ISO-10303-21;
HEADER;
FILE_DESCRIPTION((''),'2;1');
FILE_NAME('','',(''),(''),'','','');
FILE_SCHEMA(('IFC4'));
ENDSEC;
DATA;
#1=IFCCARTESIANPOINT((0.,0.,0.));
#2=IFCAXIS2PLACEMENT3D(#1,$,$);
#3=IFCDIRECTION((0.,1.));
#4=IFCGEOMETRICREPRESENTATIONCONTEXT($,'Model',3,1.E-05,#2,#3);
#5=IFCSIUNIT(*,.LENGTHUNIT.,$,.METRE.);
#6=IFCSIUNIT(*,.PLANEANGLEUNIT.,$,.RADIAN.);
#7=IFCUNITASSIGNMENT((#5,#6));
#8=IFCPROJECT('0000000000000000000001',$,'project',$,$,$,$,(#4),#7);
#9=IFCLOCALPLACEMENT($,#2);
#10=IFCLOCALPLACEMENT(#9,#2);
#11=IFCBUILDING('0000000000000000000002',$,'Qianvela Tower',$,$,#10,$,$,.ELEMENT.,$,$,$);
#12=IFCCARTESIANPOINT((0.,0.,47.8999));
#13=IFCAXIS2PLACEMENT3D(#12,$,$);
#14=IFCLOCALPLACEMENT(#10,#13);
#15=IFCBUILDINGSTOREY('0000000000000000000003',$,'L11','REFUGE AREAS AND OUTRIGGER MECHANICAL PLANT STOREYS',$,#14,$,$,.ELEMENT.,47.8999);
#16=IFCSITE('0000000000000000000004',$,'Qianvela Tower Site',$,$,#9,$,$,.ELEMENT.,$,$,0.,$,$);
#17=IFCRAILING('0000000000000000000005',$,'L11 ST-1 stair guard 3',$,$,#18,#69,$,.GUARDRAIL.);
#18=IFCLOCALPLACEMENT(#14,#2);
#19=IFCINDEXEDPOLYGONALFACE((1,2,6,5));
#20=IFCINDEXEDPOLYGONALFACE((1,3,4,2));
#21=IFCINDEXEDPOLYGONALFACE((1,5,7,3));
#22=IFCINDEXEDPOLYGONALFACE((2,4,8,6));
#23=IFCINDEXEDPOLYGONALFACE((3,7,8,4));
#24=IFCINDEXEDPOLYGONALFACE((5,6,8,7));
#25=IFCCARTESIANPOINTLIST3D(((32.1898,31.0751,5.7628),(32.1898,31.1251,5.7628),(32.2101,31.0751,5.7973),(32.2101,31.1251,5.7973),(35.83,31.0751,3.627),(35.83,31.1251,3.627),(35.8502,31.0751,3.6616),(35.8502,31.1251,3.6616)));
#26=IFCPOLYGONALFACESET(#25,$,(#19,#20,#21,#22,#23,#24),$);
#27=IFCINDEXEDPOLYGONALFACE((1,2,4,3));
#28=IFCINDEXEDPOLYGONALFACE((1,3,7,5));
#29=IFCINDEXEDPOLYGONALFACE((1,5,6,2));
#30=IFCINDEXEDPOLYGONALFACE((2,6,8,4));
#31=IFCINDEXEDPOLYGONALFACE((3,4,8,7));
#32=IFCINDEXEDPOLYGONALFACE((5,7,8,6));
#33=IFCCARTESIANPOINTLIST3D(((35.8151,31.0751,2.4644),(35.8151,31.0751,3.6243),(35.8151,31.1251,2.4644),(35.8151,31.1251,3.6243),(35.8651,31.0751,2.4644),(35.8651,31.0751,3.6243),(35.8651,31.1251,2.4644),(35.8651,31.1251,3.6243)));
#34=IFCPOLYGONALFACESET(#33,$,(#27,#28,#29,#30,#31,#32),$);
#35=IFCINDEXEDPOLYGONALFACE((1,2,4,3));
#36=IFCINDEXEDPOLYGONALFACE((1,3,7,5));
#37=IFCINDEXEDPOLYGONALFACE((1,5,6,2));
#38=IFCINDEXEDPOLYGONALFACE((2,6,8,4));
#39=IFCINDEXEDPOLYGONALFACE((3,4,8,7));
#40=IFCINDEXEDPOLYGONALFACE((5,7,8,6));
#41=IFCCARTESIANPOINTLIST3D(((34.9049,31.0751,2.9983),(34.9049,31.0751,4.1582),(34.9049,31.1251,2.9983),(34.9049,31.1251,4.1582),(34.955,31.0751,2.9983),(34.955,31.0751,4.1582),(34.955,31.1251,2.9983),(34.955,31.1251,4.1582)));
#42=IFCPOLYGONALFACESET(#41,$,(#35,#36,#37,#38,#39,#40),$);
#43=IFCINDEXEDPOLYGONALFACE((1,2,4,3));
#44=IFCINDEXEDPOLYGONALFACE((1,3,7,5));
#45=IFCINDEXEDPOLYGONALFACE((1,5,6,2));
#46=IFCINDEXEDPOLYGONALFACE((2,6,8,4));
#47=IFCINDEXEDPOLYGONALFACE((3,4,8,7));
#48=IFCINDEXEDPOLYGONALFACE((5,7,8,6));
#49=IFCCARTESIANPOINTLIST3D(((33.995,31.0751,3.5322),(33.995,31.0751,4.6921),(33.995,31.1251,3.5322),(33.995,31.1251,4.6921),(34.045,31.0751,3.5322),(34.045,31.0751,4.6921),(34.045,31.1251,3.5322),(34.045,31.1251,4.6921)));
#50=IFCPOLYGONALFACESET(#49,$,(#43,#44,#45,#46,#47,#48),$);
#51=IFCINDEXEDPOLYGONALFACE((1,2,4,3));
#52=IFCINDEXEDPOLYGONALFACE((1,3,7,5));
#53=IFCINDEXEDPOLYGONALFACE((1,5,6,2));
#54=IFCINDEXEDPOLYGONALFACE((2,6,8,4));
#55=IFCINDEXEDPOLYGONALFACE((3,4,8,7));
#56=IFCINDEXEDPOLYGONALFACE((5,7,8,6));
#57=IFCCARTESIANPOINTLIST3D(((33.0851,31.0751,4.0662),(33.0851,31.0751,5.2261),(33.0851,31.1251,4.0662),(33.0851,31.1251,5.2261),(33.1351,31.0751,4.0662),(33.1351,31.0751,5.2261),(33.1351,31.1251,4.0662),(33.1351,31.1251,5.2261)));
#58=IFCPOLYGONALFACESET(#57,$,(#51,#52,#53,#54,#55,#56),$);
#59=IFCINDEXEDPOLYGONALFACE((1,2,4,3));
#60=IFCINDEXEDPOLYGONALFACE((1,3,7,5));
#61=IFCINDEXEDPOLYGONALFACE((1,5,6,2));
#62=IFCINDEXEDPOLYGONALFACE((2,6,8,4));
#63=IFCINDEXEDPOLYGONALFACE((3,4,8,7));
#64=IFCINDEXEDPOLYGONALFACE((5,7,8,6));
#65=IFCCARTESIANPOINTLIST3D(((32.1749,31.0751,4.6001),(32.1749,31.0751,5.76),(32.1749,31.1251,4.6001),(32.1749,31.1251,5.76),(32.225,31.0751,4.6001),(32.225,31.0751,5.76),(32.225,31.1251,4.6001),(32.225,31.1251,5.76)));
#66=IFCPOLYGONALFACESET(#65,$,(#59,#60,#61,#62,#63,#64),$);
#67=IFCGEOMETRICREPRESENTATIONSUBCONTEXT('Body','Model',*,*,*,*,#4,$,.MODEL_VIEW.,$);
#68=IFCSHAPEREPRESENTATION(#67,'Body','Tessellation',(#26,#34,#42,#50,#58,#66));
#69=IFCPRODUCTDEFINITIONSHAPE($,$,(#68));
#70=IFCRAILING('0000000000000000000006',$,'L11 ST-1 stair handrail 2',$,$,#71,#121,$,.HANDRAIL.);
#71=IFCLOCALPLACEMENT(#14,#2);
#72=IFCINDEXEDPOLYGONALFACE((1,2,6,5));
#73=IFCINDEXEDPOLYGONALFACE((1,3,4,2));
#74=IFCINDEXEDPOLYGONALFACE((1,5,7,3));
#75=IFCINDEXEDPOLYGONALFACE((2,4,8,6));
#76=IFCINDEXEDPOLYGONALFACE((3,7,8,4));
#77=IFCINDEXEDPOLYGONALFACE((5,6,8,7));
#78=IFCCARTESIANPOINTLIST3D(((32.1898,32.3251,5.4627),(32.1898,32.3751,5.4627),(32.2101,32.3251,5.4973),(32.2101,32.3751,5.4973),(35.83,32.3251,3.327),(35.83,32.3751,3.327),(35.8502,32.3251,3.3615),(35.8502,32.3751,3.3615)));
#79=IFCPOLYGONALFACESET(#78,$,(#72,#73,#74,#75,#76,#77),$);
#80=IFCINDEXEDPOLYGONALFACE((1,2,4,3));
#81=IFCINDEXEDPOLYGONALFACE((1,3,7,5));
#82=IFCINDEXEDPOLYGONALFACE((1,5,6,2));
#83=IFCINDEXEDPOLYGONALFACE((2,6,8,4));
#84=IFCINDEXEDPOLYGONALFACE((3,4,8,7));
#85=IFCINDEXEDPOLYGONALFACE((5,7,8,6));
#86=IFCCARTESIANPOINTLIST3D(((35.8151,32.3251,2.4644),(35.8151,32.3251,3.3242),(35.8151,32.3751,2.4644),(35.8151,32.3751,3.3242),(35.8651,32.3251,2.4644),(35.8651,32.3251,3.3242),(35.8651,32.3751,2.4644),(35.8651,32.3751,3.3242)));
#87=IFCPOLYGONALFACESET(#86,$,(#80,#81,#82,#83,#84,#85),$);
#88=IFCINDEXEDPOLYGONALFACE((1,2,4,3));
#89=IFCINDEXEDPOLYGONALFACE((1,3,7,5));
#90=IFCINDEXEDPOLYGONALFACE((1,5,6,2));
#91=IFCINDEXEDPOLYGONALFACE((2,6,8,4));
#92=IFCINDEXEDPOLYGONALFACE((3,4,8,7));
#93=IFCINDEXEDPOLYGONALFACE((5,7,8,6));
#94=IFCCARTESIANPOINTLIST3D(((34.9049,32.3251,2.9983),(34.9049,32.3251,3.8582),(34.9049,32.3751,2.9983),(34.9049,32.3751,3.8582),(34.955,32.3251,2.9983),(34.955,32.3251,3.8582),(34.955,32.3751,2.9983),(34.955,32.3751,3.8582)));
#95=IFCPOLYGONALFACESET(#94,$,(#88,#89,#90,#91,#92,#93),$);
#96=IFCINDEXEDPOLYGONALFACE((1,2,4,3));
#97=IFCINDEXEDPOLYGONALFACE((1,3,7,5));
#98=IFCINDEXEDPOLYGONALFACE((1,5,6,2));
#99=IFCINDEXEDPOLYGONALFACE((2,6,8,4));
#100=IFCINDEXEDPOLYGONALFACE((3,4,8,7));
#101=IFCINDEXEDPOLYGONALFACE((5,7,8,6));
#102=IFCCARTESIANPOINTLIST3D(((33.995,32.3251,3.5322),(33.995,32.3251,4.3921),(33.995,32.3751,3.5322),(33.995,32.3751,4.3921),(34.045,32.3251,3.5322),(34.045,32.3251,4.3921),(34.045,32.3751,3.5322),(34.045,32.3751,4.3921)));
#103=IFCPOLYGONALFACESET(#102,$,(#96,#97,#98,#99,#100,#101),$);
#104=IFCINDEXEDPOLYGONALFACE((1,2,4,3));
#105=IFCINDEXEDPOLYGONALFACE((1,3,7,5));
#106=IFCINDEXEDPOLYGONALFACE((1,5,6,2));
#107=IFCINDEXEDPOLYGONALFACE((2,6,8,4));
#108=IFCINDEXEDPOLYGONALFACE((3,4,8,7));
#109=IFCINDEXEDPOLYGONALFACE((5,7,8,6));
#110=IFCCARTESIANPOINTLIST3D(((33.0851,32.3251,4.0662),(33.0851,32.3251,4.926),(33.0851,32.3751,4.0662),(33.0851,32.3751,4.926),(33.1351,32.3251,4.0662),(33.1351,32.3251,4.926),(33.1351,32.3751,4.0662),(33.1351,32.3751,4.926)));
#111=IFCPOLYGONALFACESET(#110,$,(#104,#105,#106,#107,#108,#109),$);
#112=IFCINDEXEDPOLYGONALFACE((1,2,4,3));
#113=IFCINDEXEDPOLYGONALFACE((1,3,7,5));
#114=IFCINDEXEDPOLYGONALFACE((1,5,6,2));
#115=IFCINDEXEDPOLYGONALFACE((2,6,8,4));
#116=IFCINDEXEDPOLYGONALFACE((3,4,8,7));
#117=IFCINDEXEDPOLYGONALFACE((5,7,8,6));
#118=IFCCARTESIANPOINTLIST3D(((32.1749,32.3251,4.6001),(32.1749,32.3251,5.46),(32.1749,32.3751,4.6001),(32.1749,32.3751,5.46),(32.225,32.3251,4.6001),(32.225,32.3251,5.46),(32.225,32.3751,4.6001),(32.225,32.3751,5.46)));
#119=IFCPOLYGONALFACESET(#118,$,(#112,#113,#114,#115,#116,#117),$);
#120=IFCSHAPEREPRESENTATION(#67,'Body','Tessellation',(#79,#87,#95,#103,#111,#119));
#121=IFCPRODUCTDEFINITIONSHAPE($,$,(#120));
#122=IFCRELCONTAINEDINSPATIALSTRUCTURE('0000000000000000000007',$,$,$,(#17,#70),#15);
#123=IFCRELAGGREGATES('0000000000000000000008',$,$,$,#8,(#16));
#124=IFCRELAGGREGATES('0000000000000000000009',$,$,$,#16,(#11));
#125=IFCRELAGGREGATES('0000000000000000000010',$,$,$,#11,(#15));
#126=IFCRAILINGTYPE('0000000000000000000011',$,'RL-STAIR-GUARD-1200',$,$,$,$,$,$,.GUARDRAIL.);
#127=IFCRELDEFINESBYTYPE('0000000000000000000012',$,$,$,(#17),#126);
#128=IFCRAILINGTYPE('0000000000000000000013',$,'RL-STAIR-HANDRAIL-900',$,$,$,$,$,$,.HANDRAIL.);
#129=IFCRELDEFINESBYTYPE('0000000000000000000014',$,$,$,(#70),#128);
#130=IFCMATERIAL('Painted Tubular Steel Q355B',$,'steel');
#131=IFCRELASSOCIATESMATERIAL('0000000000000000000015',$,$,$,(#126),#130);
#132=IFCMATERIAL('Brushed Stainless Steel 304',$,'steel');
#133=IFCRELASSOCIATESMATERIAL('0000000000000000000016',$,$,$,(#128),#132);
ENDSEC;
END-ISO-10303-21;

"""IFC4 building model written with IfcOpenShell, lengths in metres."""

from ifc_helpers import new_model, si_unit, direction, frame, origin, origin_2d, place, context, subcontext, project, spatial, rectangle, extrude, material, type_object, element, save


model = new_model("IFC4")

# Units and contexts
model_context = context("Model", 3, precision=1e-05, world=origin(), true_north=direction((0.0, 1.0)))
body_context = subcontext(model_context, "Body", "Model", "MODEL_VIEW")
ifc_project = project(units=[si_unit("LENGTHUNIT", "METRE"), si_unit("PLANEANGLEUNIT", "RADIAN")], contexts=[model_context])

# Site, building, storey
site_placement = place(None, origin())
site = spatial("IfcSite", under=ifc_project, at=site_placement, Name="Qianvela Tower Site", CompositionType="ELEMENT", RefElevation=0.0)
building_placement = place(site_placement, origin())
building = spatial("IfcBuilding", under=site, at=building_placement, Name="Qianvela Tower", CompositionType="ELEMENT")
storey_placement = place(building_placement, frame((0.0, 0.0, 47.8999)))
storey = spatial("IfcBuildingStorey", under=building, at=storey_placement, Name="L11", Description="REFUGE AREAS AND OUTRIGGER MECHANICAL PLANT STOREYS", CompositionType="ELEMENT", Elevation=47.8999)

# Railings
ifc_material_1 = material(Name="Painted Tubular Steel Q355B", Category="steel")
railing_type_1 = type_object("IfcRailingType", Name="RL-STAIR-GUARD-1200", PredefinedType="GUARDRAIL", material=ifc_material_1)
railing_1_placement = place(storey_placement, frame((35.8401, 31.1001, 2.4644)))
element("IfcRailing", 1, at=railing_1_placement, inside=storey, type_object=railing_type_1, Name="L11 ST-1 stair guard 3", PredefinedType="GUARDRAIL", context=body_context, shape_type="SweptSolid", body=[
    extrude(rectangle(XDim=0.05, YDim=0.04, at=origin_2d()), frame((0.0, 0.0, 1.1799), z_axis=(-0.862505, 0.0, 0.506049), x_axis=(0.0, -1.0, 0.0)), (0.0, 0.0, 1.0), 4.2205),
    extrude(rectangle(XDim=0.05, YDim=0.05, at=origin_2d()), origin(), (0.0, 0.0, 1.0), 1.1599),
    extrude(rectangle(XDim=0.05, YDim=0.05, at=origin_2d()), frame((-0.9102, 0.0, 0.5339)), (0.0, 0.0, 1.0), 1.1599),
    extrude(rectangle(XDim=0.05, YDim=0.05, at=origin_2d()), frame((-1.8201, 0.0, 1.0679)), (0.0, 0.0, 1.0), 1.1599),
    extrude(rectangle(XDim=0.05, YDim=0.05, at=origin_2d()), frame((-2.73, 0.0, 1.6018)), (0.0, 0.0, 1.0), 1.1599),
    extrude(rectangle(XDim=0.05, YDim=0.05, at=origin_2d()), frame((-3.6401, 0.0, 2.1357)), (0.0, 0.0, 1.0), 1.1599),
])
ifc_material_2 = material(Name="Brushed Stainless Steel 304", Category="steel")
railing_type_2 = type_object("IfcRailingType", Name="RL-STAIR-HANDRAIL-900", PredefinedType="HANDRAIL", material=ifc_material_2)
railing_2_placement = place(storey_placement, frame((35.8401, 32.3501, 2.4644)))
element("IfcRailing", 2, at=railing_2_placement, inside=storey, type_object=railing_type_2, Name="L11 ST-1 stair handrail 2", PredefinedType="HANDRAIL", context=body_context, shape_type="SweptSolid", body=[
    extrude(rectangle(XDim=0.05, YDim=0.04, at=origin_2d()), frame((0.0, 0.0, 0.8799), z_axis=(-0.862505, 0.0, 0.506049), x_axis=(0.0, -1.0, 0.0)), (0.0, 0.0, 1.0), 4.2205),
    extrude(rectangle(XDim=0.05, YDim=0.05, at=origin_2d()), origin(), (0.0, 0.0, 1.0), 0.8599),
    extrude(rectangle(XDim=0.05, YDim=0.05, at=origin_2d()), frame((-0.9102, 0.0, 0.5339)), (0.0, 0.0, 1.0), 0.8599),
    extrude(rectangle(XDim=0.05, YDim=0.05, at=origin_2d()), frame((-1.8201, 0.0, 1.0679)), (0.0, 0.0, 1.0), 0.8599),
    extrude(rectangle(XDim=0.05, YDim=0.05, at=origin_2d()), frame((-2.73, 0.0, 1.6018)), (0.0, 0.0, 1.0), 0.8599),
    extrude(rectangle(XDim=0.05, YDim=0.05, at=origin_2d()), frame((-3.6401, 0.0, 2.1357)), (0.0, 0.0, 1.0), 0.8599),
])

save(model, "model.ifc")
